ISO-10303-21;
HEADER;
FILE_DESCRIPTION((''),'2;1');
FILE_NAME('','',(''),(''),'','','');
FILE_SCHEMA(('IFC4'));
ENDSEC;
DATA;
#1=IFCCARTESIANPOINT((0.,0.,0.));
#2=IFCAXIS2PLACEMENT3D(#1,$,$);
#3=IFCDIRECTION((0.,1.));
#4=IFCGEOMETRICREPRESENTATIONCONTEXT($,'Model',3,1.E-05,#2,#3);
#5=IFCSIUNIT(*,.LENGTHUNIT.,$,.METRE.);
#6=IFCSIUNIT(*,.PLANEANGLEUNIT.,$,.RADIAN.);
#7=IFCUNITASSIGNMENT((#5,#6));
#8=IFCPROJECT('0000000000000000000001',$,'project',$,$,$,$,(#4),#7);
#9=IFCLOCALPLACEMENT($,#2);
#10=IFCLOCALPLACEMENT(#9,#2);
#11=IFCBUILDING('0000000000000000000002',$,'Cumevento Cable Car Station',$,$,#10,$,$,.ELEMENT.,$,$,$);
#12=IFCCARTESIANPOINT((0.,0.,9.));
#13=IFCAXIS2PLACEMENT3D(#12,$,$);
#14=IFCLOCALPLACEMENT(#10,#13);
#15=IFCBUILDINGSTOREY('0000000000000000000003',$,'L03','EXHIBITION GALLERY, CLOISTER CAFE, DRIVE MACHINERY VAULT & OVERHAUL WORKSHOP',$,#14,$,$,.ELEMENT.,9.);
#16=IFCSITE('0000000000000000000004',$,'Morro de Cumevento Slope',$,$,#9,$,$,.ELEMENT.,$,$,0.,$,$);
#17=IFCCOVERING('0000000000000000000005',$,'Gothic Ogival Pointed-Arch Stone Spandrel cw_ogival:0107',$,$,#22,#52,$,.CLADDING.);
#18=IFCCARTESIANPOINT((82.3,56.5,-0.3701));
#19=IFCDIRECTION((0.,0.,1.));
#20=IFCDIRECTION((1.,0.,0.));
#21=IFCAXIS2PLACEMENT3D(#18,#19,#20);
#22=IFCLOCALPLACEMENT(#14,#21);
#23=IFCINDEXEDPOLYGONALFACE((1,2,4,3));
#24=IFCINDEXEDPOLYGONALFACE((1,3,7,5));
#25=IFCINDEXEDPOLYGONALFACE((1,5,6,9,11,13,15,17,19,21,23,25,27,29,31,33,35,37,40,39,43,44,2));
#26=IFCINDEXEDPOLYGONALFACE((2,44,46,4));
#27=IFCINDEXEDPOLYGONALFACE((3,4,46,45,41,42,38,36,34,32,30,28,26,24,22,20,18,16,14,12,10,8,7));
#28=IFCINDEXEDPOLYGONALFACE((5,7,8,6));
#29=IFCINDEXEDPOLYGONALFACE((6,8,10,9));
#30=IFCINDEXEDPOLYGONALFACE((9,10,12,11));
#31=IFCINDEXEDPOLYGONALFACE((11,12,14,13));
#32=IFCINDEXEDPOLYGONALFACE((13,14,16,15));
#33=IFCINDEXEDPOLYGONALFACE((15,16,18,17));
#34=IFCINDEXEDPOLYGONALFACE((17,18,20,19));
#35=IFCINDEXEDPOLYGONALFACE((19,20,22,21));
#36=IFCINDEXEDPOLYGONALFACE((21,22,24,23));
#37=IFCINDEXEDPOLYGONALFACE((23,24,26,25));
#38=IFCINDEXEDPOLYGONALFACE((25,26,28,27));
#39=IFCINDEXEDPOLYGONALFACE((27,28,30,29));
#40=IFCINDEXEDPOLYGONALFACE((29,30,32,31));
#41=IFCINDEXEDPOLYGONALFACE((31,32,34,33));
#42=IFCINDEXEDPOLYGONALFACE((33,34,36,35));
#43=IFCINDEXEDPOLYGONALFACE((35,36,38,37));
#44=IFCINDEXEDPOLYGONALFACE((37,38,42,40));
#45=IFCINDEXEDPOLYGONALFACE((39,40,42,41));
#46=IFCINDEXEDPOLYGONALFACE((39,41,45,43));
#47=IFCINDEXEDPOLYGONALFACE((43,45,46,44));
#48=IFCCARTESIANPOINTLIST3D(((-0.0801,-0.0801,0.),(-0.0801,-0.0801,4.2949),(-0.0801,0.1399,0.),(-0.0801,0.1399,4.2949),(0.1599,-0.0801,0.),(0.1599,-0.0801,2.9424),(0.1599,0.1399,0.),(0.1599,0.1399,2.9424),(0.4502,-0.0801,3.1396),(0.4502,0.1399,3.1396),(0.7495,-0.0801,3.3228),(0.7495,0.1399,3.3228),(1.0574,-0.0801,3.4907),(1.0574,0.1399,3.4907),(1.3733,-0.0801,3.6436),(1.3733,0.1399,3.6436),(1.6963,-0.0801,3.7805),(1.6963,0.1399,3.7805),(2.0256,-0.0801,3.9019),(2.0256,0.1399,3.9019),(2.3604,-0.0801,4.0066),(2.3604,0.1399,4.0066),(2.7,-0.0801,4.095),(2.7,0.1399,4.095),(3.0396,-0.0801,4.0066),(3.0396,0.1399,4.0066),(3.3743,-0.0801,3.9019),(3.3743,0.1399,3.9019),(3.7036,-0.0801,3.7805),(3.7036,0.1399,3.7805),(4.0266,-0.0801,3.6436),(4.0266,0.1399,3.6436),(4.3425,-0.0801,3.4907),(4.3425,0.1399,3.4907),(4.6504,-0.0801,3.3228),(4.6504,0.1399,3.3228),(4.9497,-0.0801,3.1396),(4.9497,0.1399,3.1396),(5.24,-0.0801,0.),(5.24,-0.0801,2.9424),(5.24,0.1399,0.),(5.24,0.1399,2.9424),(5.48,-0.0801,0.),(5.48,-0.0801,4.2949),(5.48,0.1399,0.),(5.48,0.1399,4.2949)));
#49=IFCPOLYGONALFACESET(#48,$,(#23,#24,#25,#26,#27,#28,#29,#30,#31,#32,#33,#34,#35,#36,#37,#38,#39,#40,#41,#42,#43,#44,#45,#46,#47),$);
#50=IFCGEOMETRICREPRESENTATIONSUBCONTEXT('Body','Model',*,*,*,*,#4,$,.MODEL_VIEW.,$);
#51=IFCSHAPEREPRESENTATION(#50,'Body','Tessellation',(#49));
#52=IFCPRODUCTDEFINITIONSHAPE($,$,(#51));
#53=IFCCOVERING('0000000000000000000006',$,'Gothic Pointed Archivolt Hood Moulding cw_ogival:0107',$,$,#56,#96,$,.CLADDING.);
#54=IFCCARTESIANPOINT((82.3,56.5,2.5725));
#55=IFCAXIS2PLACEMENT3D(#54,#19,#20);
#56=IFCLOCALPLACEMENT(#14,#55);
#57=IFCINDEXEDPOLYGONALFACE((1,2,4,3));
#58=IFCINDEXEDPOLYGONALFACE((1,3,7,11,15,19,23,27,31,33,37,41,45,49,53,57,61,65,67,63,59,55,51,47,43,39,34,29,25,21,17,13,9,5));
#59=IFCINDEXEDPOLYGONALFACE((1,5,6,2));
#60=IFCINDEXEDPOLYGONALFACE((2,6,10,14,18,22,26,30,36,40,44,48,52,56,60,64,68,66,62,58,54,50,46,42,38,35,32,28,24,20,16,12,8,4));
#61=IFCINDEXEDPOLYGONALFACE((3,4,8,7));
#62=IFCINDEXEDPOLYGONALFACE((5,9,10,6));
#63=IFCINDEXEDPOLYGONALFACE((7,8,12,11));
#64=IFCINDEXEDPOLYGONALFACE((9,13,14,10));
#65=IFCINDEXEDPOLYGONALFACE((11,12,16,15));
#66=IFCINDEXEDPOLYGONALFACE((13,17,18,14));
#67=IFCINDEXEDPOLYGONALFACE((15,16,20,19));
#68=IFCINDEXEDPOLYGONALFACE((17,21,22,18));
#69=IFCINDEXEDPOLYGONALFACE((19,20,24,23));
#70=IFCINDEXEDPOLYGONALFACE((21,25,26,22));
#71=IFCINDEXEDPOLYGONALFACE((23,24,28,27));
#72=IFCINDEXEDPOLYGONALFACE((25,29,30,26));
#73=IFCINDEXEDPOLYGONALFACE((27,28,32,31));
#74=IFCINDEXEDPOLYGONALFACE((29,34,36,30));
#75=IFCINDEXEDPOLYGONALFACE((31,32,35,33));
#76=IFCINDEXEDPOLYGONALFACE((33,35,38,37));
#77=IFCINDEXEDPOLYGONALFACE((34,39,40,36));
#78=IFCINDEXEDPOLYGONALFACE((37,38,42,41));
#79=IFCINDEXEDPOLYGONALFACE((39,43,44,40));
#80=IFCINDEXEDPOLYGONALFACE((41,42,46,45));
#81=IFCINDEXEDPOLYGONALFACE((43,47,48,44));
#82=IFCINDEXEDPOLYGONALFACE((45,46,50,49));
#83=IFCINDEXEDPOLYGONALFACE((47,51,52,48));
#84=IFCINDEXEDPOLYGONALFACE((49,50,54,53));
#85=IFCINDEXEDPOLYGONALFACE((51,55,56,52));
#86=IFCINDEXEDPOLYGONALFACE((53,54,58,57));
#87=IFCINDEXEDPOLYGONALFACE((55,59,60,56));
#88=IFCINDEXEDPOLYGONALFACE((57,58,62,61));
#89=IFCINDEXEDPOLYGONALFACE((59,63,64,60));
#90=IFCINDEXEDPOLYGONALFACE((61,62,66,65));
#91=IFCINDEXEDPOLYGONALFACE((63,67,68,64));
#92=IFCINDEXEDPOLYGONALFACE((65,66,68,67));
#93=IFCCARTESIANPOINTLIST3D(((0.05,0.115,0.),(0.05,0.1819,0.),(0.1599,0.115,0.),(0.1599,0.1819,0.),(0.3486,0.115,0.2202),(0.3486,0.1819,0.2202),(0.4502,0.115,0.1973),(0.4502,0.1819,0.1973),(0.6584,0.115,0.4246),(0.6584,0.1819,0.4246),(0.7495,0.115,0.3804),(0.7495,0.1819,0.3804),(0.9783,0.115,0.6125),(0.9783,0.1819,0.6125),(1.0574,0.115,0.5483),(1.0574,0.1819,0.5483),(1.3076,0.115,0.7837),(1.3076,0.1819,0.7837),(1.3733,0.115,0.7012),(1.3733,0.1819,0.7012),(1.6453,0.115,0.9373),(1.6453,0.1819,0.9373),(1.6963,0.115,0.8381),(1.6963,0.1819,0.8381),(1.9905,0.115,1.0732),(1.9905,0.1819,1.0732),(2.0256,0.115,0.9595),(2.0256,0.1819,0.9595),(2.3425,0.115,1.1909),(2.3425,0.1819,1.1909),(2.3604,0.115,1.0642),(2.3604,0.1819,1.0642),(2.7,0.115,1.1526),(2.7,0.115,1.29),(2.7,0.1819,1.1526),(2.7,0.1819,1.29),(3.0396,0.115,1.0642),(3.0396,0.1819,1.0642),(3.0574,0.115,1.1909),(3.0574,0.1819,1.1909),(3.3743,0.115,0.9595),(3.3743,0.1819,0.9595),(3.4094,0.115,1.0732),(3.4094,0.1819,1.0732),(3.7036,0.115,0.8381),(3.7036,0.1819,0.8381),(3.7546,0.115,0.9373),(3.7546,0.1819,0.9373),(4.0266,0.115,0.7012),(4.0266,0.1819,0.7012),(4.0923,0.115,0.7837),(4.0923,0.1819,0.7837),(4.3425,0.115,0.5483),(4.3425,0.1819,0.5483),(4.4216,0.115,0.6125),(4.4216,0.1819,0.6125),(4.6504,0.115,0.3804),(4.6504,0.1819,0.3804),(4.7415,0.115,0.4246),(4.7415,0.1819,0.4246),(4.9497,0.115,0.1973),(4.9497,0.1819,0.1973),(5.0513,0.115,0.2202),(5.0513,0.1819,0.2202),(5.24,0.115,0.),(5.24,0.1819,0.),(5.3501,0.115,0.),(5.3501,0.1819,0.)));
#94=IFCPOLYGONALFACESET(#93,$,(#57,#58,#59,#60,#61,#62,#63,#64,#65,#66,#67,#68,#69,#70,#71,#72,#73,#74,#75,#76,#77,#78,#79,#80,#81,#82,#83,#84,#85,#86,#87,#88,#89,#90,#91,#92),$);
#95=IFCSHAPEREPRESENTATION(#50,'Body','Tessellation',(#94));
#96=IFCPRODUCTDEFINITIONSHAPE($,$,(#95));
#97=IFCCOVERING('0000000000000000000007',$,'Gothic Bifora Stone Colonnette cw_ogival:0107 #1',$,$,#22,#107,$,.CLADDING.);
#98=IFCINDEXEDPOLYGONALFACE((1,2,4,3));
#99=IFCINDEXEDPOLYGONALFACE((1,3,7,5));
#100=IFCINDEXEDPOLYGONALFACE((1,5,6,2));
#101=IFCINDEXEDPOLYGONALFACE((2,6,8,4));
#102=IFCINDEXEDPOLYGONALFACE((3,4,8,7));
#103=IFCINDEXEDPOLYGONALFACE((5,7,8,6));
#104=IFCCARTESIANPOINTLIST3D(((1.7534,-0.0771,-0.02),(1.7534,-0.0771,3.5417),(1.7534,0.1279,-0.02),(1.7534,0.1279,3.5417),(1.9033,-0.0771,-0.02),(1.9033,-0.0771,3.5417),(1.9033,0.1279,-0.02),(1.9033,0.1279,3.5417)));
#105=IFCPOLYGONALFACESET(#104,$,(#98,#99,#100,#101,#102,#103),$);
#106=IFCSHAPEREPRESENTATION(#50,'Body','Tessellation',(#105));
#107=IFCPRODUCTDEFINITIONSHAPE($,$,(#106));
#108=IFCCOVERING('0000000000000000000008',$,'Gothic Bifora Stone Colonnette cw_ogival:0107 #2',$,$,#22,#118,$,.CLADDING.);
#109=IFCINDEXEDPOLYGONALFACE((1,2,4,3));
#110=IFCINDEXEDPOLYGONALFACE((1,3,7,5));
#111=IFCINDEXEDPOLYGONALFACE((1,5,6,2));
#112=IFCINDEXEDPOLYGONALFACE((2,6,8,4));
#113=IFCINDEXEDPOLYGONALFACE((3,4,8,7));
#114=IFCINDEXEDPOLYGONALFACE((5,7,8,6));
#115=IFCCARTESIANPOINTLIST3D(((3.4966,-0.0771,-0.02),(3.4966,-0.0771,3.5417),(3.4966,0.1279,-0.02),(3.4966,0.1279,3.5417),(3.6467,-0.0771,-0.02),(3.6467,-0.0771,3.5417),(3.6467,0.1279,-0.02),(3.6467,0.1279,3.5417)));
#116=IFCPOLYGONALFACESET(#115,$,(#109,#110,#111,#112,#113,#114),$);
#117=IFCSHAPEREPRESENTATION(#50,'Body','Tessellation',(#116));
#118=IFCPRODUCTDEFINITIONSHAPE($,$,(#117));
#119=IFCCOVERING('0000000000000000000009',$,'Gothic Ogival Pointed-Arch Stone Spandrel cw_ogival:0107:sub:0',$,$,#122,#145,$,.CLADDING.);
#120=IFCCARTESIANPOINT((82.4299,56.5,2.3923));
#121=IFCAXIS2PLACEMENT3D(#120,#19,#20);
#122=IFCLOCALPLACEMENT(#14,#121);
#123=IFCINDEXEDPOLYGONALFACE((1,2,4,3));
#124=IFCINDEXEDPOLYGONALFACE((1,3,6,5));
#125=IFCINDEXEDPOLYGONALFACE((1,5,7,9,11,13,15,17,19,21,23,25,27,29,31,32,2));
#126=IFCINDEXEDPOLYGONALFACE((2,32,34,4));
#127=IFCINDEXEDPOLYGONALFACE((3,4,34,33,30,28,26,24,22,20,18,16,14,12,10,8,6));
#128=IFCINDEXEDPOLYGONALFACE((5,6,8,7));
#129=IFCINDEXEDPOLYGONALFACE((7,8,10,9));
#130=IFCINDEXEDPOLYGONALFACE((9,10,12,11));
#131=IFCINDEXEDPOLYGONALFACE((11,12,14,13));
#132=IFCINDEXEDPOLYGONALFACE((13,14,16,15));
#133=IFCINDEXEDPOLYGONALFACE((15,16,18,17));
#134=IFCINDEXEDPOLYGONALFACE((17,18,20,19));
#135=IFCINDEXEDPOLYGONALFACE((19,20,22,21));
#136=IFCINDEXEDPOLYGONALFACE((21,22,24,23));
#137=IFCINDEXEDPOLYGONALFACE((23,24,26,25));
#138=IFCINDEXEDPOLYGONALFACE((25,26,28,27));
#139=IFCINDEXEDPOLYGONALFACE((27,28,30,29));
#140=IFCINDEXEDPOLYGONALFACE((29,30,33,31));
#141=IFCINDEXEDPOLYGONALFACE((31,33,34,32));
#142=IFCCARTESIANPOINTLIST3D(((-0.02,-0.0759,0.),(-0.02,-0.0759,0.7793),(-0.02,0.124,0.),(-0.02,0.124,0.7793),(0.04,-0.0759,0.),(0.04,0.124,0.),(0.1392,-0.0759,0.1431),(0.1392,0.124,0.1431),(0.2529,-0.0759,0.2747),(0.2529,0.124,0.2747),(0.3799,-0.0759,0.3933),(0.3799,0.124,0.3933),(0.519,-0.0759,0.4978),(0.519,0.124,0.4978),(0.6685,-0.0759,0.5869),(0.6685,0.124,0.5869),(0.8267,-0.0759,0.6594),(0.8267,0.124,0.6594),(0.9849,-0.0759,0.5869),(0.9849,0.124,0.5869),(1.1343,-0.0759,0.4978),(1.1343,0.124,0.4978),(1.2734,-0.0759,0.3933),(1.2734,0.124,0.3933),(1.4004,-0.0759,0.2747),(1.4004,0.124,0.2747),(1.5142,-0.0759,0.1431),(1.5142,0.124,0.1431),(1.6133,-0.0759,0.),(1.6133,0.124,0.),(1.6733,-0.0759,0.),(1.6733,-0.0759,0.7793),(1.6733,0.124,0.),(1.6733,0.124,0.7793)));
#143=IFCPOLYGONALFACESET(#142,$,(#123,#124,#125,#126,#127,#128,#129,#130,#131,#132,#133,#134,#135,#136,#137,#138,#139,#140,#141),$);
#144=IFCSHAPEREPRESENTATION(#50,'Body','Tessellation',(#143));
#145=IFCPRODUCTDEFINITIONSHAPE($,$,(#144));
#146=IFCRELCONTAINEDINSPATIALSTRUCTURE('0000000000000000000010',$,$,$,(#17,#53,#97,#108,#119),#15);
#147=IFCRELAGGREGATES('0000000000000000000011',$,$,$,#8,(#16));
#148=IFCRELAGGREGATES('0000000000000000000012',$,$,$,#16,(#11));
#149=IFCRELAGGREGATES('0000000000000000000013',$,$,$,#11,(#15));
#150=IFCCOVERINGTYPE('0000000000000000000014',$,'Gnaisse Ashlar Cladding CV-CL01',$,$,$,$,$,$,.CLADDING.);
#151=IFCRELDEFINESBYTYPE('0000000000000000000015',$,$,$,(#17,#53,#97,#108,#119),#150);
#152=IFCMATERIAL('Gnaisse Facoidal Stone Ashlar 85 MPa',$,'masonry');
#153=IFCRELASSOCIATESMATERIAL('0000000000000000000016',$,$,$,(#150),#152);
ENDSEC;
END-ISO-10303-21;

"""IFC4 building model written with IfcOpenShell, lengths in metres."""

from ifc_helpers import new_model, si_unit, direction, frame, origin, place, context, subcontext, project, spatial, polyline, outline, extrude, material, type_object, element, save


model = new_model("IFC4")

# Units and contexts
model_context = context("Model", 3, precision=1e-05, world=origin(), true_north=direction((0.0, 1.0)))
body_context = subcontext(model_context, "Body", "Model", "MODEL_VIEW")
ifc_project = project(units=[si_unit("LENGTHUNIT", "METRE"), si_unit("PLANEANGLEUNIT", "RADIAN")], contexts=[model_context])

# Site, building, storey
site_placement = place(None, origin())
site = spatial("IfcSite", under=ifc_project, at=site_placement, Name="Morro de Cumevento Slope", CompositionType="ELEMENT", RefElevation=0.0)
building_placement = place(site_placement, origin())
building = spatial("IfcBuilding", under=site, at=building_placement, Name="Cumevento Cable Car Station", CompositionType="ELEMENT")
storey_placement = place(building_placement, frame((0.0, 0.0, 9.0)))
storey = spatial("IfcBuildingStorey", under=building, at=storey_placement, Name="L03", Description="EXHIBITION GALLERY, CLOISTER CAFE, DRIVE MACHINERY VAULT & OVERHAUL WORKSHOP", CompositionType="ELEMENT", Elevation=9.0)

# Coverings
ifc_material_1 = material(Name="Gnaisse Facoidal Stone Ashlar 85 MPa", Category="masonry")
covering_type = type_object("IfcCoveringType", Name="Gnaisse Ashlar Cladding CV-CL01", PredefinedType="CLADDING", material=ifc_material_1)
placement = place(storey_placement, frame((82.3, 56.5, -0.3701), z_axis=(0.0, 0.0, 1.0), x_axis=(1.0, 0.0, 0.0)))
element("IfcCovering", 1, at=placement, inside=storey, type_object=covering_type, Name="Gothic Ogival Pointed-Arch Stone Spandrel cw_ogival:0107", PredefinedType="CLADDING", context=body_context, shape_type="SweptSolid", body=[
    extrude(outline(polyline([(-0.0801, 0.0), (-0.0801, 4.2949), (5.48, 4.2949), (5.48, 0.0), (5.24, 0.0), (5.24, 2.9424), (4.9497, 3.1396), (4.6504, 3.3228), (4.3425, 3.4907), (4.0266, 3.6436), (3.7036, 3.7805), (3.3743, 3.9019), (3.0396, 4.0066), (2.7, 4.095), (2.3604, 4.0066), (2.0256, 3.9019), (1.6963, 3.7805), (1.3733, 3.6436), (1.0574, 3.4907), (0.7495, 3.3228), (0.4502, 3.1396), (0.1599, 2.9424), (0.1599, 0.0), (-0.0801, 0.0)])), frame((0.0, 0.1399, 0.0), z_axis=(0.0, -1.0, 0.0), x_axis=(1.0, 0.0, 0.0)), (0.0, 0.0, 1.0), 0.22),
])
covering_1_placement = place(storey_placement, frame((82.3, 56.5, 2.5725), z_axis=(0.0, 0.0, 1.0), x_axis=(1.0, 0.0, 0.0)))
element("IfcCovering", 2, at=covering_1_placement, inside=storey, type_object=covering_type, Name="Gothic Pointed Archivolt Hood Moulding cw_ogival:0107", PredefinedType="CLADDING", context=body_context, shape_type="SweptSolid", body=[
    extrude(outline(polyline([(0.1599, 0.0), (0.4502, 0.1973), (0.7495, 0.3804), (1.0574, 0.5483), (1.3733, 0.7012), (1.6963, 0.8381), (2.0256, 0.9595), (2.3604, 1.0642), (2.7, 1.1526), (3.0396, 1.0642), (3.3743, 0.9595), (3.7036, 0.8381), (4.0266, 0.7012), (4.3425, 0.5483), (4.6504, 0.3804), (4.9497, 0.1973), (5.24, 0.0), (5.3501, 0.0), (5.0513, 0.2202), (4.7415, 0.4246), (4.4216, 0.6125), (4.0923, 0.7837), (3.7546, 0.9373), (3.4094, 1.0732), (3.0574, 1.1909), (2.7, 1.29), (2.3425, 1.1909), (1.9905, 1.0732), (1.6453, 0.9373), (1.3076, 0.7837), (0.9783, 0.6125), (0.6584, 0.4246), (0.3486, 0.2202), (0.05, 0.0), (0.1599, 0.0)])), frame((0.0, 0.1819, 0.0), z_axis=(0.0, -1.0, 0.0), x_axis=(1.0, 0.0, 0.0)), (0.0, 0.0, 1.0), 0.0669),
])
element("IfcCovering", 3, at=placement, inside=storey, type_object=covering_type, Name="Gothic Bifora Stone Colonnette cw_ogival:0107 #1", PredefinedType="CLADDING", context=body_context, shape_type="SweptSolid", body=[
    extrude(outline(polyline([(1.7534, -0.02), (1.9033, -0.02), (1.9033, 3.5417), (1.7534, 3.5417), (1.7534, -0.02)])), frame((0.0, 0.1279, 0.0), z_axis=(0.0, -1.0, 0.0), x_axis=(1.0, 0.0, 0.0)), (0.0, 0.0, 1.0), 0.2051),
])
element("IfcCovering", 4, at=placement, inside=storey, type_object=covering_type, Name="Gothic Bifora Stone Colonnette cw_ogival:0107 #2", PredefinedType="CLADDING", context=body_context, shape_type="SweptSolid", body=[
    extrude(outline(polyline([(3.4966, -0.02), (3.6467, -0.02), (3.6467, 3.5417), (3.4966, 3.5417), (3.4966, -0.02)])), frame((0.0, 0.1279, 0.0), z_axis=(0.0, -1.0, 0.0), x_axis=(1.0, 0.0, 0.0)), (0.0, 0.0, 1.0), 0.2051),
])
covering_2_placement = place(storey_placement, frame((82.4299, 56.5, 2.3923), z_axis=(0.0, 0.0, 1.0), x_axis=(1.0, 0.0, 0.0)))
element("IfcCovering", 5, at=covering_2_placement, inside=storey, type_object=covering_type, Name="Gothic Ogival Pointed-Arch Stone Spandrel cw_ogival:0107:sub:0", PredefinedType="CLADDING", context=body_context, shape_type="SweptSolid", body=[
    extrude(outline(polyline([(-0.02, 0.0), (-0.02, 0.7793), (1.6733, 0.7793), (1.6733, 0.0), (1.6133, 0.0), (1.5142, 0.1431), (1.4004, 0.2747), (1.2734, 0.3933), (1.1343, 0.4978), (0.9849, 0.5869), (0.8267, 0.6594), (0.6685, 0.5869), (0.519, 0.4978), (0.3799, 0.3933), (0.2529, 0.2747), (0.1392, 0.1431), (0.04, 0.0), (-0.02, 0.0)])), frame((0.0, 0.124, 0.0), z_axis=(0.0, -1.0, 0.0), x_axis=(1.0, 0.0, 0.0)), (0.0, 0.0, 1.0), 0.2),
])

save(model, "model.ifc")
